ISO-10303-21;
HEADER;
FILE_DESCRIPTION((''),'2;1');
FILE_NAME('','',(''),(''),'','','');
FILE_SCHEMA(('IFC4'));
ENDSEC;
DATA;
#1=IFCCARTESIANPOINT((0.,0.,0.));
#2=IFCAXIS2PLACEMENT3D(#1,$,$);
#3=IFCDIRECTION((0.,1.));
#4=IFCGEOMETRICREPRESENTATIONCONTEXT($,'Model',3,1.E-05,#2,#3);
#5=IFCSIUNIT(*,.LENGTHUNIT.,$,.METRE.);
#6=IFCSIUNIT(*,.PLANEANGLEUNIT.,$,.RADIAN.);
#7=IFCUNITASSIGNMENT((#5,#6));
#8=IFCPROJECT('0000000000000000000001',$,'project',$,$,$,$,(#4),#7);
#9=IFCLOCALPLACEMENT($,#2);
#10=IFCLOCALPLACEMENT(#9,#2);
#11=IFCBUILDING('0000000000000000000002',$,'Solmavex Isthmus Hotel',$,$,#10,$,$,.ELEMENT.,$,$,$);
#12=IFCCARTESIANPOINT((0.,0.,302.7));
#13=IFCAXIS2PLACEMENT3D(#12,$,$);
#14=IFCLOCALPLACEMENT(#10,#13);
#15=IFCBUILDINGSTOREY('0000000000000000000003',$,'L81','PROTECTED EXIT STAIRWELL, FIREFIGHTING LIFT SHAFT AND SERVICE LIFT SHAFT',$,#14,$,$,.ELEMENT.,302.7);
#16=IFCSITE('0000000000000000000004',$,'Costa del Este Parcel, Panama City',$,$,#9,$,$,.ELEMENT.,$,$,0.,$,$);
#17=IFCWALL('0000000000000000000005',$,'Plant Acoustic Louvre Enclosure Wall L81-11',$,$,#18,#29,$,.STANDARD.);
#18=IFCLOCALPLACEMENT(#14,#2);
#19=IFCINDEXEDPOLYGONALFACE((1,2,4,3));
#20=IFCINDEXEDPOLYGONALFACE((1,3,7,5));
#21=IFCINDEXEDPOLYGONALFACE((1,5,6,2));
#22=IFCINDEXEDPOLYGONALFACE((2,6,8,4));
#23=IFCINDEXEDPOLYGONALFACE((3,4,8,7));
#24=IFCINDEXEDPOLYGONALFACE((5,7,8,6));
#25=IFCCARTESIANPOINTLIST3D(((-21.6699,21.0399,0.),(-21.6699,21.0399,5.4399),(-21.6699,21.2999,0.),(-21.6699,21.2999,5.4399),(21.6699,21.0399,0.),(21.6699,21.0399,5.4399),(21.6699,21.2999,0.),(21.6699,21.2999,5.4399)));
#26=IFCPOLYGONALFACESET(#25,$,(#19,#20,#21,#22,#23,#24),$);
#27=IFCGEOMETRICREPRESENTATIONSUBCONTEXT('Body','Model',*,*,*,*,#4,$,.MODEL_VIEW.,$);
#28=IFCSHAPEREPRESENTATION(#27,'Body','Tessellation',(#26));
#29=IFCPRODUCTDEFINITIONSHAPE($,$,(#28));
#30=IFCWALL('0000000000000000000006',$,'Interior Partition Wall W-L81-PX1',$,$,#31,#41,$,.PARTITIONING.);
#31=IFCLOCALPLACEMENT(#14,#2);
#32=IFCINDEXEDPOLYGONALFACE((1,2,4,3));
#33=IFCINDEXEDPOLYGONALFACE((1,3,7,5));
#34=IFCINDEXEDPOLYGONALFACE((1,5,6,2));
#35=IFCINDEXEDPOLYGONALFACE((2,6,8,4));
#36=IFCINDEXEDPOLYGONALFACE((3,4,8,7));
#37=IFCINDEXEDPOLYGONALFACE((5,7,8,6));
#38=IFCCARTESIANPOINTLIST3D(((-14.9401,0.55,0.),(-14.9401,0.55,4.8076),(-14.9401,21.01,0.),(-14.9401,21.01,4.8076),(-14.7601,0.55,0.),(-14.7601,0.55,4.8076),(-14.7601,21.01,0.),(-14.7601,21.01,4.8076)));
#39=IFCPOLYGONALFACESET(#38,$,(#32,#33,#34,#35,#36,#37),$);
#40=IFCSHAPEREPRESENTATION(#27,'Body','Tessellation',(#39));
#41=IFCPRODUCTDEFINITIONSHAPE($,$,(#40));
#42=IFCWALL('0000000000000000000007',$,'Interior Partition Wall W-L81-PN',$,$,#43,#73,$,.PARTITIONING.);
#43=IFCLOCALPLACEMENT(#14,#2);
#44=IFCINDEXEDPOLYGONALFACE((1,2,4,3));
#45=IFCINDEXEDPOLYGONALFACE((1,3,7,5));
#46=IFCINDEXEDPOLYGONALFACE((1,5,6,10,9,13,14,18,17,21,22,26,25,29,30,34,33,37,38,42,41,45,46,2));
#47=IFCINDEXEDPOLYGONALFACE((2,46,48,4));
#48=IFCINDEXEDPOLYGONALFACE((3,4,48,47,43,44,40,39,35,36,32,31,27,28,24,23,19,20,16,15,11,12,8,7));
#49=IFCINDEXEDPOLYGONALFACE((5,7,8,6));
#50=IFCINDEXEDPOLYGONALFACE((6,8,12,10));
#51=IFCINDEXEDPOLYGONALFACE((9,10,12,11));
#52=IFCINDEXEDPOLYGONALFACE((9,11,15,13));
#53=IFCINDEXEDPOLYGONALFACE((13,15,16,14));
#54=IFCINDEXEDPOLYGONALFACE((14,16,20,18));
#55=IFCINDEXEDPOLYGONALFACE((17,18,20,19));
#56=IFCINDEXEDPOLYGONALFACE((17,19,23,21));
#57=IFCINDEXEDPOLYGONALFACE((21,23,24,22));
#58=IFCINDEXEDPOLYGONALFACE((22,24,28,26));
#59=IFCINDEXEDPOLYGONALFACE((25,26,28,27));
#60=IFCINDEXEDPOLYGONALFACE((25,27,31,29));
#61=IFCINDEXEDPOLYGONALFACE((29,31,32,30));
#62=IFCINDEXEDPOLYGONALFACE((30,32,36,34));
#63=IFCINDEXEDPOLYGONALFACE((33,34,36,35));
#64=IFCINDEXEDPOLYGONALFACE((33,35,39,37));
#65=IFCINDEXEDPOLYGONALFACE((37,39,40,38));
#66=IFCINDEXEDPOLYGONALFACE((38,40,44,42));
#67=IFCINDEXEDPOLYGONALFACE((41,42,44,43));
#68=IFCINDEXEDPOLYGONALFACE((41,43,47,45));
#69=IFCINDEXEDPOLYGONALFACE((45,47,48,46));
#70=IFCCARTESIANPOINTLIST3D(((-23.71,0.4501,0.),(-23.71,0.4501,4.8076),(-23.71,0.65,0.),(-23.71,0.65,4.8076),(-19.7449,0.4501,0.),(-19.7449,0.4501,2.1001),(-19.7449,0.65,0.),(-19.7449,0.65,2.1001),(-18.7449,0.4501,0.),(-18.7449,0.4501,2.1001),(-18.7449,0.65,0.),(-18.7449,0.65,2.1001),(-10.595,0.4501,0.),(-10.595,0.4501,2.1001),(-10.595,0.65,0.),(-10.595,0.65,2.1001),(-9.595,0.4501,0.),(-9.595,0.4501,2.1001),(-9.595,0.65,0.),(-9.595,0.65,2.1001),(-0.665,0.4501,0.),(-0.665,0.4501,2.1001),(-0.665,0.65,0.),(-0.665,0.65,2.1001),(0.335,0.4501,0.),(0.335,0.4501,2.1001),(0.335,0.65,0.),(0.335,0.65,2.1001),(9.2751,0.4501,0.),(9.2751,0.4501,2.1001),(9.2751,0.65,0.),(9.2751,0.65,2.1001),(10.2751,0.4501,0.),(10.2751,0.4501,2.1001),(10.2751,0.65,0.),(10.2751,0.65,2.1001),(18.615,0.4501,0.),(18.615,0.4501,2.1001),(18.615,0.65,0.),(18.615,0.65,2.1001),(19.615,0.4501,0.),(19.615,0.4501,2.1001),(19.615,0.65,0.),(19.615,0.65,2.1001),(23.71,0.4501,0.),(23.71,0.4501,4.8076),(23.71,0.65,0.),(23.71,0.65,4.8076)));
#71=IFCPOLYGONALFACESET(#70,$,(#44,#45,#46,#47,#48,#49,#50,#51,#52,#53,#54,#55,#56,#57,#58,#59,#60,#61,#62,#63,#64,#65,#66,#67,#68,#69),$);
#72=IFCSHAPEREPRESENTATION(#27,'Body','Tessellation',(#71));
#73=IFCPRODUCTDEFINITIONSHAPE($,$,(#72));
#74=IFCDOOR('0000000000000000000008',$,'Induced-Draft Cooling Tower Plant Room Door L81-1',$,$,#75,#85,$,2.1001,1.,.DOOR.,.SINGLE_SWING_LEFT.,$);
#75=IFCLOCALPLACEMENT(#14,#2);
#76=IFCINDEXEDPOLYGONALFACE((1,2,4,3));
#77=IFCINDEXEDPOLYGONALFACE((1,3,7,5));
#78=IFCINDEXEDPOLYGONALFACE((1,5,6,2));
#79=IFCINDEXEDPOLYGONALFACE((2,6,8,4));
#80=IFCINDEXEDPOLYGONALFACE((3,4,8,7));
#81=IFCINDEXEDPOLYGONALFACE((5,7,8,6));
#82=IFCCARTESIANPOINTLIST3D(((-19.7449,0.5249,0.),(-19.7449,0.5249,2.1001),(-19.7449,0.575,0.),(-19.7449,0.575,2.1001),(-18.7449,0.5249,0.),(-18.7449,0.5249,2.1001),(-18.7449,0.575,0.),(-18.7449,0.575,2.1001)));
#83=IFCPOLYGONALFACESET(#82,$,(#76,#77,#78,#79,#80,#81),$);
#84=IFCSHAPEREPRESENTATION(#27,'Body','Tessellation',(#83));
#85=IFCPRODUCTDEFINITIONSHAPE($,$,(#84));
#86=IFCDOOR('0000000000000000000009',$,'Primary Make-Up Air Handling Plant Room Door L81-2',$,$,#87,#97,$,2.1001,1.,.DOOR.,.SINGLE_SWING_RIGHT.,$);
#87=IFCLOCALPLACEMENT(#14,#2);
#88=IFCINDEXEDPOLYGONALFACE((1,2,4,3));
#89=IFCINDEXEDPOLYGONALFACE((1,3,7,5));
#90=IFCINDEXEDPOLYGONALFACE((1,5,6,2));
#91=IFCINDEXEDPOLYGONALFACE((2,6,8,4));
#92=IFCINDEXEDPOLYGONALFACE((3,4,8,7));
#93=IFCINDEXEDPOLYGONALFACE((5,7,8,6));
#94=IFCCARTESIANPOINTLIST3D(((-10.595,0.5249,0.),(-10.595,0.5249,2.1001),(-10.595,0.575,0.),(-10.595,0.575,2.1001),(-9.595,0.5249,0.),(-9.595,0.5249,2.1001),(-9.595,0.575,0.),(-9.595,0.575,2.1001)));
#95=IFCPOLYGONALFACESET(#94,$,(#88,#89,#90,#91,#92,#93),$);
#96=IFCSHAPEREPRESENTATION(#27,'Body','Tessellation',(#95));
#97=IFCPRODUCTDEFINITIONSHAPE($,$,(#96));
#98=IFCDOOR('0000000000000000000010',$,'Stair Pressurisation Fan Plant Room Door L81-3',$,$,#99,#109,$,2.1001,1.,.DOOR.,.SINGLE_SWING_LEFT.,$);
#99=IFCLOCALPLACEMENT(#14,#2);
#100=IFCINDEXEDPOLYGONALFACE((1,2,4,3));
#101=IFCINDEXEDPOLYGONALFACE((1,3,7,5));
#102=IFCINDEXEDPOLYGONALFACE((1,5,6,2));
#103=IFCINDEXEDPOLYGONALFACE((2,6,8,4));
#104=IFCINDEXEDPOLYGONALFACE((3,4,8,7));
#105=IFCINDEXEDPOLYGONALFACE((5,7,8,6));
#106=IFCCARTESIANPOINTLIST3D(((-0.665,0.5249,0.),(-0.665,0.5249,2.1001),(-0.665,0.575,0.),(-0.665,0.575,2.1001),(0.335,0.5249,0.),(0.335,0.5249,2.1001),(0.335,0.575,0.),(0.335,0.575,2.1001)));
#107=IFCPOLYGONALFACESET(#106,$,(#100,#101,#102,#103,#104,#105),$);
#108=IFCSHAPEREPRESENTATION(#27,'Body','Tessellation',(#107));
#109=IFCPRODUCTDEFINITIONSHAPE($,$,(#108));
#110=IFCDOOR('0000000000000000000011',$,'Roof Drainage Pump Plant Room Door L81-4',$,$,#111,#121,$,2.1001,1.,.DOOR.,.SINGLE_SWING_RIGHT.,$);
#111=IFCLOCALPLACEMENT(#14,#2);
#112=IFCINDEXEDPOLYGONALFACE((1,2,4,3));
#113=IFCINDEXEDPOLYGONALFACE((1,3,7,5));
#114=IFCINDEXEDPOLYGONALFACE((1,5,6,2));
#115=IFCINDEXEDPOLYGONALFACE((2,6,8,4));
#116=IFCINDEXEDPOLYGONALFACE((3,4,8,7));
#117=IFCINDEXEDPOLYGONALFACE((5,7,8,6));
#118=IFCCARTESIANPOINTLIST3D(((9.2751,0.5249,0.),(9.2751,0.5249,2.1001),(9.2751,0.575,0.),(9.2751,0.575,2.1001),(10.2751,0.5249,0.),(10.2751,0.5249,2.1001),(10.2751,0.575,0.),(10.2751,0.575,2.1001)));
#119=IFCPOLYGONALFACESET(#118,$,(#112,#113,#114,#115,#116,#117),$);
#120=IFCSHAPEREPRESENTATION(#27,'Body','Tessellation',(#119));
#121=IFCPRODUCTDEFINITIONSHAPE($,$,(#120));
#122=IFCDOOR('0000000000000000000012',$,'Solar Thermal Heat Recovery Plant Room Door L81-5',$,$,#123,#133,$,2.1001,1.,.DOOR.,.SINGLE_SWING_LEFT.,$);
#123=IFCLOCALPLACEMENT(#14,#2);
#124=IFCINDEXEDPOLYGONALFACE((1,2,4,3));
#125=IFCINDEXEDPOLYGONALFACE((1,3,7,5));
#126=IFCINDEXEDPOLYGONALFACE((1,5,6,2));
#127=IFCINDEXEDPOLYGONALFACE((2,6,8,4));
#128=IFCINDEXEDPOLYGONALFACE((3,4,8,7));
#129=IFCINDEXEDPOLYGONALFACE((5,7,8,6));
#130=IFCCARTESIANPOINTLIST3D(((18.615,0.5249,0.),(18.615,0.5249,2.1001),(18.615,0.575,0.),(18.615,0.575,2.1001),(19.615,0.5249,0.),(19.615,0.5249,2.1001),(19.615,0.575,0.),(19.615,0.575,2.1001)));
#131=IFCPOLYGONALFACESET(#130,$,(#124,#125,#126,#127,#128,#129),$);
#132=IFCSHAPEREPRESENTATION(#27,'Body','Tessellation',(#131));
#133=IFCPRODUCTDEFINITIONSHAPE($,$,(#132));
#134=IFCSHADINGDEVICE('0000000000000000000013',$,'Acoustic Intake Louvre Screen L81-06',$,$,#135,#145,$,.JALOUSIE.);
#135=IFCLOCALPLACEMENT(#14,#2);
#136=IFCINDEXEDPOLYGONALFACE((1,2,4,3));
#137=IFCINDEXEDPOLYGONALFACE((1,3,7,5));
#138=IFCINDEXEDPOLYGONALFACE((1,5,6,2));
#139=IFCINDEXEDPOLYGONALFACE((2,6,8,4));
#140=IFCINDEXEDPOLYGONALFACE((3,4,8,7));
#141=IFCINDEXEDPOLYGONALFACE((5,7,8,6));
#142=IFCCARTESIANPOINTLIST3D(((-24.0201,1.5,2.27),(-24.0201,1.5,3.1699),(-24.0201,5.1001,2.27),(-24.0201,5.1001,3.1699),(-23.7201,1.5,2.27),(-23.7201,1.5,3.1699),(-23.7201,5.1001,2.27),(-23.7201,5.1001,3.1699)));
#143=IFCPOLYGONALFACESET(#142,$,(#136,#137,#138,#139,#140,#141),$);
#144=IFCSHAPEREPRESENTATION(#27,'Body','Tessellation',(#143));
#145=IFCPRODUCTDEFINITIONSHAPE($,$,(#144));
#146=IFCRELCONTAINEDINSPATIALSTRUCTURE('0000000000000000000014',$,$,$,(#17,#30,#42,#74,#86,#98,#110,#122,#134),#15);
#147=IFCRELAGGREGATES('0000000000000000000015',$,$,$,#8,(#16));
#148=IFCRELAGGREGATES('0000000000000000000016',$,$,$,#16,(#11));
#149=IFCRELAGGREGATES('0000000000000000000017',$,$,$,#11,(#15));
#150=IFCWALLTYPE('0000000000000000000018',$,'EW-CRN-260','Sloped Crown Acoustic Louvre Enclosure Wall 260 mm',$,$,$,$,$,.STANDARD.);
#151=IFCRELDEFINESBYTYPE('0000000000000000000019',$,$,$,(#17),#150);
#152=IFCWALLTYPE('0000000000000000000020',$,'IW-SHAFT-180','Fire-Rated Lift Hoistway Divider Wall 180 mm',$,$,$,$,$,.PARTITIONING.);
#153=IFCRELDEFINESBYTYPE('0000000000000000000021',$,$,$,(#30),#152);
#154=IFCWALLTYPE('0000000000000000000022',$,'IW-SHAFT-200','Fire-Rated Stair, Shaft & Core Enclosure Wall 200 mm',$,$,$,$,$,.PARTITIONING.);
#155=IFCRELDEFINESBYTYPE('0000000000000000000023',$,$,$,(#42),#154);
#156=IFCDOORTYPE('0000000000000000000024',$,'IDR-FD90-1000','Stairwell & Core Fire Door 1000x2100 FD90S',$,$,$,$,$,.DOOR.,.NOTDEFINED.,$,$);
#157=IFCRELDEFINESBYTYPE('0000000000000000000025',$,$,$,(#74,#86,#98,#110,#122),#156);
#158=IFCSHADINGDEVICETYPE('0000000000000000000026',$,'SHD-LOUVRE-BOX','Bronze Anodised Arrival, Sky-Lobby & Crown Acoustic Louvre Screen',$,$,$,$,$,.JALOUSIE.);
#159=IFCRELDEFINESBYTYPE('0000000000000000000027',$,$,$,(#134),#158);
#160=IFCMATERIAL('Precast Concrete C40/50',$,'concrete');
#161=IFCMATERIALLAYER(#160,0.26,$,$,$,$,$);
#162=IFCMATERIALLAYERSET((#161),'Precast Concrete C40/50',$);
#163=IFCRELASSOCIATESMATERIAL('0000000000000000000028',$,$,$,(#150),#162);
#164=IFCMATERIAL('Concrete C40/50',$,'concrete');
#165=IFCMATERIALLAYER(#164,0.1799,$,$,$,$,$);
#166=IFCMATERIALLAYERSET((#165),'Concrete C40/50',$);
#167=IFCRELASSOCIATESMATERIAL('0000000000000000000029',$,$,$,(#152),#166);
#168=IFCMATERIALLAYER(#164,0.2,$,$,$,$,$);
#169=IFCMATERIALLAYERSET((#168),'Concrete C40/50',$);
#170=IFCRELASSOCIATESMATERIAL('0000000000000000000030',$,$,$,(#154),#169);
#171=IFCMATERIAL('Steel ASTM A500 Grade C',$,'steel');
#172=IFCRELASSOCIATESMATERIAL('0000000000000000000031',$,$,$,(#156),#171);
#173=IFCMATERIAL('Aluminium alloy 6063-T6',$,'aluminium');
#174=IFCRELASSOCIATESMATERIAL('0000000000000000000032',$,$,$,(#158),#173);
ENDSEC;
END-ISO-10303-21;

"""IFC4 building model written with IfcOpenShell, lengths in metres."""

from ifc_helpers import new_model, si_unit, direction, frame, frame_2d, origin, origin_2d, place, context, subcontext, project, spatial, rectangle, extrude, material, layer, layer_set, type_object, element, fill, save


model = new_model("IFC4")

# Units and contexts
model_context = context("Model", 3, precision=1e-05, world=origin(), true_north=direction((0.0, 1.0)))
body_context = subcontext(model_context, "Body", "Model", "MODEL_VIEW")
ifc_project = project(units=[si_unit("LENGTHUNIT", "METRE"), si_unit("PLANEANGLEUNIT", "RADIAN")], contexts=[model_context])

# Site, building, storey
site_placement = place(None, origin())
site = spatial("IfcSite", under=ifc_project, at=site_placement, Name="Costa del Este Parcel, Panama City", CompositionType="ELEMENT", RefElevation=0.0)
building_placement = place(site_placement, origin())
building = spatial("IfcBuilding", under=site, at=building_placement, Name="Solmavex Isthmus Hotel", CompositionType="ELEMENT")
storey_placement = place(building_placement, frame((0.0, 0.0, 302.7)))
storey = spatial("IfcBuildingStorey", under=building, at=storey_placement, Name="L81", Description="PROTECTED EXIT STAIRWELL, FIREFIGHTING LIFT SHAFT AND SERVICE LIFT SHAFT", CompositionType="ELEMENT", Elevation=302.7)

# Walls
ifc_material_1 = material(Name="Precast Concrete C40/50", Category="concrete")
ifc_layer_1 = layer(ifc_material_1, 0.26)
ifc_layer_set_1 = layer_set([ifc_layer_1], Name="Precast Concrete C40/50")
wall_type_1 = type_object("IfcWallType", Name="EW-CRN-260", Description="Sloped Crown Acoustic Louvre Enclosure Wall 260 mm", PredefinedType="STANDARD", material=ifc_layer_set_1)
wall_1_placement = place(storey_placement, frame((-21.6699, 21.1699, 0.0), z_axis=(0.0, 0.0, 1.0), x_axis=(1.0, 0.0, 0.0)))
element("IfcWall", 1, at=wall_1_placement, inside=storey, type_object=wall_type_1, Name="Plant Acoustic Louvre Enclosure Wall L81-11", PredefinedType="STANDARD", context=body_context, shape_type="SweptSolid", body=[
    extrude(rectangle(XDim=43.3398, YDim=0.26, at=frame_2d((21.6699, 0.0))), origin(), (0.0, 0.0, 1.0), 5.4399),
])
ifc_material_2 = material(Name="Concrete C40/50", Category="concrete")
ifc_layer_2 = layer(ifc_material_2, 0.1799)
ifc_layer_set_2 = layer_set([ifc_layer_2], Name="Concrete C40/50")
wall_type_2 = type_object("IfcWallType", Name="IW-SHAFT-180", Description="Fire-Rated Lift Hoistway Divider Wall 180 mm", PredefinedType="PARTITIONING", material=ifc_layer_set_2)
wall_2_placement = place(storey_placement, frame((-14.8501, 0.55, 0.0), z_axis=(0.0, 0.0, 1.0), x_axis=(0.0, 1.0, 0.0)))
element("IfcWall", 2, at=wall_2_placement, inside=storey, type_object=wall_type_2, Name="Interior Partition Wall W-L81-PX1", PredefinedType="PARTITIONING", context=body_context, shape_type="SweptSolid", body=[
    extrude(rectangle(XDim=20.46, YDim=0.1799, at=frame_2d((10.23, 0.0))), origin(), (0.0, 0.0, 1.0), 4.8076),
])

# Wall, openings, doors
ifc_layer_3 = layer(ifc_material_2, 0.2)
ifc_layer_set_3 = layer_set([ifc_layer_3], Name="Concrete C40/50")
wall_type_3 = type_object("IfcWallType", Name="IW-SHAFT-200", Description="Fire-Rated Stair, Shaft & Core Enclosure Wall 200 mm", PredefinedType="PARTITIONING", material=ifc_layer_set_3)
wall_3_placement = place(storey_placement, frame((-23.71, 0.55, 0.0), z_axis=(0.0, 0.0, 1.0), x_axis=(1.0, 0.0, 0.0)))
wall_3 = element("IfcWall", 3, at=wall_3_placement, inside=storey, type_object=wall_type_3, Name="Interior Partition Wall W-L81-PN", PredefinedType="PARTITIONING", context=body_context, shape_type="SweptSolid", body=[
    extrude(rectangle(XDim=47.4199, YDim=0.2, at=frame_2d((23.71, 0.0))), origin(), (0.0, 0.0, 1.0), 4.8076),
])
opening_1_placement = place(wall_3_placement, frame((3.9651, 0.0, 0.0)))
opening_1 = element("IfcOpeningElement", 4, at=opening_1_placement, cuts=wall_3, PredefinedType="OPENING", context=body_context, shape_type="SweptSolid", body=[
    extrude(rectangle(XDim=1.0, YDim=2.1001, at=frame_2d((0.5, 1.05))), frame((0.0, 0.1099, 0.0), z_axis=(0.0, -1.0, 0.0), x_axis=(1.0, 0.0, 0.0)), (0.0, 0.0, 1.0), 0.22),
])
opening_2_placement = place(wall_3_placement, frame((13.115, 0.0, 0.0)))
opening_2 = element("IfcOpeningElement", 5, at=opening_2_placement, cuts=wall_3, PredefinedType="OPENING", context=body_context, shape_type="SweptSolid", body=[
    extrude(rectangle(XDim=1.0, YDim=2.1001, at=frame_2d((0.5, 1.05))), frame((0.0, 0.1099, 0.0), z_axis=(0.0, -1.0, 0.0), x_axis=(1.0, 0.0, 0.0)), (0.0, 0.0, 1.0), 0.22),
])
opening_3_placement = place(wall_3_placement, frame((23.0449, 0.0, 0.0)))
opening_3 = element("IfcOpeningElement", 6, at=opening_3_placement, cuts=wall_3, PredefinedType="OPENING", context=body_context, shape_type="SweptSolid", body=[
    extrude(rectangle(XDim=1.0, YDim=2.1001, at=frame_2d((0.5, 1.05))), frame((0.0, 0.1099, 0.0), z_axis=(0.0, -1.0, 0.0), x_axis=(1.0, 0.0, 0.0)), (0.0, 0.0, 1.0), 0.22),
])
opening_4_placement = place(wall_3_placement, frame((32.9851, 0.0, 0.0)))
opening_4 = element("IfcOpeningElement", 7, at=opening_4_placement, cuts=wall_3, PredefinedType="OPENING", context=body_context, shape_type="SweptSolid", body=[
    extrude(rectangle(XDim=1.0, YDim=2.1001, at=frame_2d((0.5, 1.05))), frame((0.0, 0.1099, 0.0), z_axis=(0.0, -1.0, 0.0), x_axis=(1.0, 0.0, 0.0)), (0.0, 0.0, 1.0), 0.22),
])
opening_5_placement = place(wall_3_placement, frame((42.325, 0.0, 0.0)))
opening_5 = element("IfcOpeningElement", 8, at=opening_5_placement, cuts=wall_3, PredefinedType="OPENING", context=body_context, shape_type="SweptSolid", body=[
    extrude(rectangle(XDim=1.0, YDim=2.1001, at=frame_2d((0.5, 1.05))), frame((0.0, 0.1099, 0.0), z_axis=(0.0, -1.0, 0.0), x_axis=(1.0, 0.0, 0.0)), (0.0, 0.0, 1.0), 0.22),
])
ifc_material_3 = material(Name="Steel ASTM A500 Grade C", Category="steel")
door_type = type_object("IfcDoorType", Name="IDR-FD90-1000", Description="Stairwell & Core Fire Door 1000x2100 FD90S", OperationType="NOTDEFINED", PredefinedType="DOOR", material=ifc_material_3)
door_1_placement = place(opening_1_placement, origin())
door_1 = element("IfcDoor", 9, at=door_1_placement, inside=storey, type_object=door_type, Name="Induced-Draft Cooling Tower Plant Room Door L81-1", OperationType="SINGLE_SWING_LEFT", OverallHeight=2.1001, OverallWidth=1.0, PredefinedType="DOOR", context=body_context, shape_type="SweptSolid", body=[
    extrude(rectangle(XDim=1.0, YDim=2.1001, at=frame_2d((0.5, 1.05))), frame((0.0, 0.0249, 0.0), z_axis=(0.0, -1.0, 0.0), x_axis=(1.0, 0.0, 0.0)), (0.0, 0.0, 1.0), 0.05),
])
fill(opening_1, door_1)
door_2_placement = place(opening_2_placement, origin())
door_2 = element("IfcDoor", 10, at=door_2_placement, inside=storey, type_object=door_type, Name="Primary Make-Up Air Handling Plant Room Door L81-2", OperationType="SINGLE_SWING_RIGHT", OverallHeight=2.1001, OverallWidth=1.0, PredefinedType="DOOR", context=body_context, shape_type="SweptSolid", body=[
    extrude(rectangle(XDim=1.0, YDim=2.1001, at=frame_2d((0.5, 1.05))), frame((0.0, 0.0249, 0.0), z_axis=(0.0, -1.0, 0.0), x_axis=(1.0, 0.0, 0.0)), (0.0, 0.0, 1.0), 0.05),
])
fill(opening_2, door_2)
door_3_placement = place(opening_3_placement, origin())
door_3 = element("IfcDoor", 11, at=door_3_placement, inside=storey, type_object=door_type, Name="Stair Pressurisation Fan Plant Room Door L81-3", OperationType="SINGLE_SWING_LEFT", OverallHeight=2.1001, OverallWidth=1.0, PredefinedType="DOOR", context=body_context, shape_type="SweptSolid", body=[
    extrude(rectangle(XDim=1.0, YDim=2.1001, at=frame_2d((0.5, 1.05))), frame((0.0, 0.0249, 0.0), z_axis=(0.0, -1.0, 0.0), x_axis=(1.0, 0.0, 0.0)), (0.0, 0.0, 1.0), 0.05),
])
fill(opening_3, door_3)
door_4_placement = place(opening_4_placement, origin())
door_4 = element("IfcDoor", 12, at=door_4_placement, inside=storey, type_object=door_type, Name="Roof Drainage Pump Plant Room Door L81-4", OperationType="SINGLE_SWING_RIGHT", OverallHeight=2.1001, OverallWidth=1.0, PredefinedType="DOOR", context=body_context, shape_type="SweptSolid", body=[
    extrude(rectangle(XDim=1.0, YDim=2.1001, at=frame_2d((0.5, 1.05))), frame((0.0, 0.0249, 0.0), z_axis=(0.0, -1.0, 0.0), x_axis=(1.0, 0.0, 0.0)), (0.0, 0.0, 1.0), 0.05),
])
fill(opening_4, door_4)
door_5_placement = place(opening_5_placement, origin())
door_5 = element("IfcDoor", 13, at=door_5_placement, inside=storey, type_object=door_type, Name="Solar Thermal Heat Recovery Plant Room Door L81-5", OperationType="SINGLE_SWING_LEFT", OverallHeight=2.1001, OverallWidth=1.0, PredefinedType="DOOR", context=body_context, shape_type="SweptSolid", body=[
    extrude(rectangle(XDim=1.0, YDim=2.1001, at=frame_2d((0.5, 1.05))), frame((0.0, 0.0249, 0.0), z_axis=(0.0, -1.0, 0.0), x_axis=(1.0, 0.0, 0.0)), (0.0, 0.0, 1.0), 0.05),
])
fill(opening_5, door_5)

# Shading device
ifc_material_4 = material(Name="Aluminium alloy 6063-T6", Category="aluminium")
shading_device_type = type_object("IfcShadingDeviceType", Name="SHD-LOUVRE-BOX", Description="Bronze Anodised Arrival, Sky-Lobby & Crown Acoustic Louvre Screen", PredefinedType="JALOUSIE", material=ifc_material_4)
shading_device_placement = place(storey_placement, frame((-23.8701, 3.3, 2.27), z_axis=(0.0, 0.0, 1.0), x_axis=(0.0, 1.0, 0.0)))
element("IfcShadingDevice", 14, at=shading_device_placement, inside=storey, type_object=shading_device_type, Name="Acoustic Intake Louvre Screen L81-06", PredefinedType="JALOUSIE", context=body_context, shape_type="SweptSolid", body=[
    extrude(rectangle(XDim=3.6001, YDim=0.3, at=origin_2d()), origin(), (0.0, 0.0, 1.0), 0.8999),
])

save(model, "model.ifc")
